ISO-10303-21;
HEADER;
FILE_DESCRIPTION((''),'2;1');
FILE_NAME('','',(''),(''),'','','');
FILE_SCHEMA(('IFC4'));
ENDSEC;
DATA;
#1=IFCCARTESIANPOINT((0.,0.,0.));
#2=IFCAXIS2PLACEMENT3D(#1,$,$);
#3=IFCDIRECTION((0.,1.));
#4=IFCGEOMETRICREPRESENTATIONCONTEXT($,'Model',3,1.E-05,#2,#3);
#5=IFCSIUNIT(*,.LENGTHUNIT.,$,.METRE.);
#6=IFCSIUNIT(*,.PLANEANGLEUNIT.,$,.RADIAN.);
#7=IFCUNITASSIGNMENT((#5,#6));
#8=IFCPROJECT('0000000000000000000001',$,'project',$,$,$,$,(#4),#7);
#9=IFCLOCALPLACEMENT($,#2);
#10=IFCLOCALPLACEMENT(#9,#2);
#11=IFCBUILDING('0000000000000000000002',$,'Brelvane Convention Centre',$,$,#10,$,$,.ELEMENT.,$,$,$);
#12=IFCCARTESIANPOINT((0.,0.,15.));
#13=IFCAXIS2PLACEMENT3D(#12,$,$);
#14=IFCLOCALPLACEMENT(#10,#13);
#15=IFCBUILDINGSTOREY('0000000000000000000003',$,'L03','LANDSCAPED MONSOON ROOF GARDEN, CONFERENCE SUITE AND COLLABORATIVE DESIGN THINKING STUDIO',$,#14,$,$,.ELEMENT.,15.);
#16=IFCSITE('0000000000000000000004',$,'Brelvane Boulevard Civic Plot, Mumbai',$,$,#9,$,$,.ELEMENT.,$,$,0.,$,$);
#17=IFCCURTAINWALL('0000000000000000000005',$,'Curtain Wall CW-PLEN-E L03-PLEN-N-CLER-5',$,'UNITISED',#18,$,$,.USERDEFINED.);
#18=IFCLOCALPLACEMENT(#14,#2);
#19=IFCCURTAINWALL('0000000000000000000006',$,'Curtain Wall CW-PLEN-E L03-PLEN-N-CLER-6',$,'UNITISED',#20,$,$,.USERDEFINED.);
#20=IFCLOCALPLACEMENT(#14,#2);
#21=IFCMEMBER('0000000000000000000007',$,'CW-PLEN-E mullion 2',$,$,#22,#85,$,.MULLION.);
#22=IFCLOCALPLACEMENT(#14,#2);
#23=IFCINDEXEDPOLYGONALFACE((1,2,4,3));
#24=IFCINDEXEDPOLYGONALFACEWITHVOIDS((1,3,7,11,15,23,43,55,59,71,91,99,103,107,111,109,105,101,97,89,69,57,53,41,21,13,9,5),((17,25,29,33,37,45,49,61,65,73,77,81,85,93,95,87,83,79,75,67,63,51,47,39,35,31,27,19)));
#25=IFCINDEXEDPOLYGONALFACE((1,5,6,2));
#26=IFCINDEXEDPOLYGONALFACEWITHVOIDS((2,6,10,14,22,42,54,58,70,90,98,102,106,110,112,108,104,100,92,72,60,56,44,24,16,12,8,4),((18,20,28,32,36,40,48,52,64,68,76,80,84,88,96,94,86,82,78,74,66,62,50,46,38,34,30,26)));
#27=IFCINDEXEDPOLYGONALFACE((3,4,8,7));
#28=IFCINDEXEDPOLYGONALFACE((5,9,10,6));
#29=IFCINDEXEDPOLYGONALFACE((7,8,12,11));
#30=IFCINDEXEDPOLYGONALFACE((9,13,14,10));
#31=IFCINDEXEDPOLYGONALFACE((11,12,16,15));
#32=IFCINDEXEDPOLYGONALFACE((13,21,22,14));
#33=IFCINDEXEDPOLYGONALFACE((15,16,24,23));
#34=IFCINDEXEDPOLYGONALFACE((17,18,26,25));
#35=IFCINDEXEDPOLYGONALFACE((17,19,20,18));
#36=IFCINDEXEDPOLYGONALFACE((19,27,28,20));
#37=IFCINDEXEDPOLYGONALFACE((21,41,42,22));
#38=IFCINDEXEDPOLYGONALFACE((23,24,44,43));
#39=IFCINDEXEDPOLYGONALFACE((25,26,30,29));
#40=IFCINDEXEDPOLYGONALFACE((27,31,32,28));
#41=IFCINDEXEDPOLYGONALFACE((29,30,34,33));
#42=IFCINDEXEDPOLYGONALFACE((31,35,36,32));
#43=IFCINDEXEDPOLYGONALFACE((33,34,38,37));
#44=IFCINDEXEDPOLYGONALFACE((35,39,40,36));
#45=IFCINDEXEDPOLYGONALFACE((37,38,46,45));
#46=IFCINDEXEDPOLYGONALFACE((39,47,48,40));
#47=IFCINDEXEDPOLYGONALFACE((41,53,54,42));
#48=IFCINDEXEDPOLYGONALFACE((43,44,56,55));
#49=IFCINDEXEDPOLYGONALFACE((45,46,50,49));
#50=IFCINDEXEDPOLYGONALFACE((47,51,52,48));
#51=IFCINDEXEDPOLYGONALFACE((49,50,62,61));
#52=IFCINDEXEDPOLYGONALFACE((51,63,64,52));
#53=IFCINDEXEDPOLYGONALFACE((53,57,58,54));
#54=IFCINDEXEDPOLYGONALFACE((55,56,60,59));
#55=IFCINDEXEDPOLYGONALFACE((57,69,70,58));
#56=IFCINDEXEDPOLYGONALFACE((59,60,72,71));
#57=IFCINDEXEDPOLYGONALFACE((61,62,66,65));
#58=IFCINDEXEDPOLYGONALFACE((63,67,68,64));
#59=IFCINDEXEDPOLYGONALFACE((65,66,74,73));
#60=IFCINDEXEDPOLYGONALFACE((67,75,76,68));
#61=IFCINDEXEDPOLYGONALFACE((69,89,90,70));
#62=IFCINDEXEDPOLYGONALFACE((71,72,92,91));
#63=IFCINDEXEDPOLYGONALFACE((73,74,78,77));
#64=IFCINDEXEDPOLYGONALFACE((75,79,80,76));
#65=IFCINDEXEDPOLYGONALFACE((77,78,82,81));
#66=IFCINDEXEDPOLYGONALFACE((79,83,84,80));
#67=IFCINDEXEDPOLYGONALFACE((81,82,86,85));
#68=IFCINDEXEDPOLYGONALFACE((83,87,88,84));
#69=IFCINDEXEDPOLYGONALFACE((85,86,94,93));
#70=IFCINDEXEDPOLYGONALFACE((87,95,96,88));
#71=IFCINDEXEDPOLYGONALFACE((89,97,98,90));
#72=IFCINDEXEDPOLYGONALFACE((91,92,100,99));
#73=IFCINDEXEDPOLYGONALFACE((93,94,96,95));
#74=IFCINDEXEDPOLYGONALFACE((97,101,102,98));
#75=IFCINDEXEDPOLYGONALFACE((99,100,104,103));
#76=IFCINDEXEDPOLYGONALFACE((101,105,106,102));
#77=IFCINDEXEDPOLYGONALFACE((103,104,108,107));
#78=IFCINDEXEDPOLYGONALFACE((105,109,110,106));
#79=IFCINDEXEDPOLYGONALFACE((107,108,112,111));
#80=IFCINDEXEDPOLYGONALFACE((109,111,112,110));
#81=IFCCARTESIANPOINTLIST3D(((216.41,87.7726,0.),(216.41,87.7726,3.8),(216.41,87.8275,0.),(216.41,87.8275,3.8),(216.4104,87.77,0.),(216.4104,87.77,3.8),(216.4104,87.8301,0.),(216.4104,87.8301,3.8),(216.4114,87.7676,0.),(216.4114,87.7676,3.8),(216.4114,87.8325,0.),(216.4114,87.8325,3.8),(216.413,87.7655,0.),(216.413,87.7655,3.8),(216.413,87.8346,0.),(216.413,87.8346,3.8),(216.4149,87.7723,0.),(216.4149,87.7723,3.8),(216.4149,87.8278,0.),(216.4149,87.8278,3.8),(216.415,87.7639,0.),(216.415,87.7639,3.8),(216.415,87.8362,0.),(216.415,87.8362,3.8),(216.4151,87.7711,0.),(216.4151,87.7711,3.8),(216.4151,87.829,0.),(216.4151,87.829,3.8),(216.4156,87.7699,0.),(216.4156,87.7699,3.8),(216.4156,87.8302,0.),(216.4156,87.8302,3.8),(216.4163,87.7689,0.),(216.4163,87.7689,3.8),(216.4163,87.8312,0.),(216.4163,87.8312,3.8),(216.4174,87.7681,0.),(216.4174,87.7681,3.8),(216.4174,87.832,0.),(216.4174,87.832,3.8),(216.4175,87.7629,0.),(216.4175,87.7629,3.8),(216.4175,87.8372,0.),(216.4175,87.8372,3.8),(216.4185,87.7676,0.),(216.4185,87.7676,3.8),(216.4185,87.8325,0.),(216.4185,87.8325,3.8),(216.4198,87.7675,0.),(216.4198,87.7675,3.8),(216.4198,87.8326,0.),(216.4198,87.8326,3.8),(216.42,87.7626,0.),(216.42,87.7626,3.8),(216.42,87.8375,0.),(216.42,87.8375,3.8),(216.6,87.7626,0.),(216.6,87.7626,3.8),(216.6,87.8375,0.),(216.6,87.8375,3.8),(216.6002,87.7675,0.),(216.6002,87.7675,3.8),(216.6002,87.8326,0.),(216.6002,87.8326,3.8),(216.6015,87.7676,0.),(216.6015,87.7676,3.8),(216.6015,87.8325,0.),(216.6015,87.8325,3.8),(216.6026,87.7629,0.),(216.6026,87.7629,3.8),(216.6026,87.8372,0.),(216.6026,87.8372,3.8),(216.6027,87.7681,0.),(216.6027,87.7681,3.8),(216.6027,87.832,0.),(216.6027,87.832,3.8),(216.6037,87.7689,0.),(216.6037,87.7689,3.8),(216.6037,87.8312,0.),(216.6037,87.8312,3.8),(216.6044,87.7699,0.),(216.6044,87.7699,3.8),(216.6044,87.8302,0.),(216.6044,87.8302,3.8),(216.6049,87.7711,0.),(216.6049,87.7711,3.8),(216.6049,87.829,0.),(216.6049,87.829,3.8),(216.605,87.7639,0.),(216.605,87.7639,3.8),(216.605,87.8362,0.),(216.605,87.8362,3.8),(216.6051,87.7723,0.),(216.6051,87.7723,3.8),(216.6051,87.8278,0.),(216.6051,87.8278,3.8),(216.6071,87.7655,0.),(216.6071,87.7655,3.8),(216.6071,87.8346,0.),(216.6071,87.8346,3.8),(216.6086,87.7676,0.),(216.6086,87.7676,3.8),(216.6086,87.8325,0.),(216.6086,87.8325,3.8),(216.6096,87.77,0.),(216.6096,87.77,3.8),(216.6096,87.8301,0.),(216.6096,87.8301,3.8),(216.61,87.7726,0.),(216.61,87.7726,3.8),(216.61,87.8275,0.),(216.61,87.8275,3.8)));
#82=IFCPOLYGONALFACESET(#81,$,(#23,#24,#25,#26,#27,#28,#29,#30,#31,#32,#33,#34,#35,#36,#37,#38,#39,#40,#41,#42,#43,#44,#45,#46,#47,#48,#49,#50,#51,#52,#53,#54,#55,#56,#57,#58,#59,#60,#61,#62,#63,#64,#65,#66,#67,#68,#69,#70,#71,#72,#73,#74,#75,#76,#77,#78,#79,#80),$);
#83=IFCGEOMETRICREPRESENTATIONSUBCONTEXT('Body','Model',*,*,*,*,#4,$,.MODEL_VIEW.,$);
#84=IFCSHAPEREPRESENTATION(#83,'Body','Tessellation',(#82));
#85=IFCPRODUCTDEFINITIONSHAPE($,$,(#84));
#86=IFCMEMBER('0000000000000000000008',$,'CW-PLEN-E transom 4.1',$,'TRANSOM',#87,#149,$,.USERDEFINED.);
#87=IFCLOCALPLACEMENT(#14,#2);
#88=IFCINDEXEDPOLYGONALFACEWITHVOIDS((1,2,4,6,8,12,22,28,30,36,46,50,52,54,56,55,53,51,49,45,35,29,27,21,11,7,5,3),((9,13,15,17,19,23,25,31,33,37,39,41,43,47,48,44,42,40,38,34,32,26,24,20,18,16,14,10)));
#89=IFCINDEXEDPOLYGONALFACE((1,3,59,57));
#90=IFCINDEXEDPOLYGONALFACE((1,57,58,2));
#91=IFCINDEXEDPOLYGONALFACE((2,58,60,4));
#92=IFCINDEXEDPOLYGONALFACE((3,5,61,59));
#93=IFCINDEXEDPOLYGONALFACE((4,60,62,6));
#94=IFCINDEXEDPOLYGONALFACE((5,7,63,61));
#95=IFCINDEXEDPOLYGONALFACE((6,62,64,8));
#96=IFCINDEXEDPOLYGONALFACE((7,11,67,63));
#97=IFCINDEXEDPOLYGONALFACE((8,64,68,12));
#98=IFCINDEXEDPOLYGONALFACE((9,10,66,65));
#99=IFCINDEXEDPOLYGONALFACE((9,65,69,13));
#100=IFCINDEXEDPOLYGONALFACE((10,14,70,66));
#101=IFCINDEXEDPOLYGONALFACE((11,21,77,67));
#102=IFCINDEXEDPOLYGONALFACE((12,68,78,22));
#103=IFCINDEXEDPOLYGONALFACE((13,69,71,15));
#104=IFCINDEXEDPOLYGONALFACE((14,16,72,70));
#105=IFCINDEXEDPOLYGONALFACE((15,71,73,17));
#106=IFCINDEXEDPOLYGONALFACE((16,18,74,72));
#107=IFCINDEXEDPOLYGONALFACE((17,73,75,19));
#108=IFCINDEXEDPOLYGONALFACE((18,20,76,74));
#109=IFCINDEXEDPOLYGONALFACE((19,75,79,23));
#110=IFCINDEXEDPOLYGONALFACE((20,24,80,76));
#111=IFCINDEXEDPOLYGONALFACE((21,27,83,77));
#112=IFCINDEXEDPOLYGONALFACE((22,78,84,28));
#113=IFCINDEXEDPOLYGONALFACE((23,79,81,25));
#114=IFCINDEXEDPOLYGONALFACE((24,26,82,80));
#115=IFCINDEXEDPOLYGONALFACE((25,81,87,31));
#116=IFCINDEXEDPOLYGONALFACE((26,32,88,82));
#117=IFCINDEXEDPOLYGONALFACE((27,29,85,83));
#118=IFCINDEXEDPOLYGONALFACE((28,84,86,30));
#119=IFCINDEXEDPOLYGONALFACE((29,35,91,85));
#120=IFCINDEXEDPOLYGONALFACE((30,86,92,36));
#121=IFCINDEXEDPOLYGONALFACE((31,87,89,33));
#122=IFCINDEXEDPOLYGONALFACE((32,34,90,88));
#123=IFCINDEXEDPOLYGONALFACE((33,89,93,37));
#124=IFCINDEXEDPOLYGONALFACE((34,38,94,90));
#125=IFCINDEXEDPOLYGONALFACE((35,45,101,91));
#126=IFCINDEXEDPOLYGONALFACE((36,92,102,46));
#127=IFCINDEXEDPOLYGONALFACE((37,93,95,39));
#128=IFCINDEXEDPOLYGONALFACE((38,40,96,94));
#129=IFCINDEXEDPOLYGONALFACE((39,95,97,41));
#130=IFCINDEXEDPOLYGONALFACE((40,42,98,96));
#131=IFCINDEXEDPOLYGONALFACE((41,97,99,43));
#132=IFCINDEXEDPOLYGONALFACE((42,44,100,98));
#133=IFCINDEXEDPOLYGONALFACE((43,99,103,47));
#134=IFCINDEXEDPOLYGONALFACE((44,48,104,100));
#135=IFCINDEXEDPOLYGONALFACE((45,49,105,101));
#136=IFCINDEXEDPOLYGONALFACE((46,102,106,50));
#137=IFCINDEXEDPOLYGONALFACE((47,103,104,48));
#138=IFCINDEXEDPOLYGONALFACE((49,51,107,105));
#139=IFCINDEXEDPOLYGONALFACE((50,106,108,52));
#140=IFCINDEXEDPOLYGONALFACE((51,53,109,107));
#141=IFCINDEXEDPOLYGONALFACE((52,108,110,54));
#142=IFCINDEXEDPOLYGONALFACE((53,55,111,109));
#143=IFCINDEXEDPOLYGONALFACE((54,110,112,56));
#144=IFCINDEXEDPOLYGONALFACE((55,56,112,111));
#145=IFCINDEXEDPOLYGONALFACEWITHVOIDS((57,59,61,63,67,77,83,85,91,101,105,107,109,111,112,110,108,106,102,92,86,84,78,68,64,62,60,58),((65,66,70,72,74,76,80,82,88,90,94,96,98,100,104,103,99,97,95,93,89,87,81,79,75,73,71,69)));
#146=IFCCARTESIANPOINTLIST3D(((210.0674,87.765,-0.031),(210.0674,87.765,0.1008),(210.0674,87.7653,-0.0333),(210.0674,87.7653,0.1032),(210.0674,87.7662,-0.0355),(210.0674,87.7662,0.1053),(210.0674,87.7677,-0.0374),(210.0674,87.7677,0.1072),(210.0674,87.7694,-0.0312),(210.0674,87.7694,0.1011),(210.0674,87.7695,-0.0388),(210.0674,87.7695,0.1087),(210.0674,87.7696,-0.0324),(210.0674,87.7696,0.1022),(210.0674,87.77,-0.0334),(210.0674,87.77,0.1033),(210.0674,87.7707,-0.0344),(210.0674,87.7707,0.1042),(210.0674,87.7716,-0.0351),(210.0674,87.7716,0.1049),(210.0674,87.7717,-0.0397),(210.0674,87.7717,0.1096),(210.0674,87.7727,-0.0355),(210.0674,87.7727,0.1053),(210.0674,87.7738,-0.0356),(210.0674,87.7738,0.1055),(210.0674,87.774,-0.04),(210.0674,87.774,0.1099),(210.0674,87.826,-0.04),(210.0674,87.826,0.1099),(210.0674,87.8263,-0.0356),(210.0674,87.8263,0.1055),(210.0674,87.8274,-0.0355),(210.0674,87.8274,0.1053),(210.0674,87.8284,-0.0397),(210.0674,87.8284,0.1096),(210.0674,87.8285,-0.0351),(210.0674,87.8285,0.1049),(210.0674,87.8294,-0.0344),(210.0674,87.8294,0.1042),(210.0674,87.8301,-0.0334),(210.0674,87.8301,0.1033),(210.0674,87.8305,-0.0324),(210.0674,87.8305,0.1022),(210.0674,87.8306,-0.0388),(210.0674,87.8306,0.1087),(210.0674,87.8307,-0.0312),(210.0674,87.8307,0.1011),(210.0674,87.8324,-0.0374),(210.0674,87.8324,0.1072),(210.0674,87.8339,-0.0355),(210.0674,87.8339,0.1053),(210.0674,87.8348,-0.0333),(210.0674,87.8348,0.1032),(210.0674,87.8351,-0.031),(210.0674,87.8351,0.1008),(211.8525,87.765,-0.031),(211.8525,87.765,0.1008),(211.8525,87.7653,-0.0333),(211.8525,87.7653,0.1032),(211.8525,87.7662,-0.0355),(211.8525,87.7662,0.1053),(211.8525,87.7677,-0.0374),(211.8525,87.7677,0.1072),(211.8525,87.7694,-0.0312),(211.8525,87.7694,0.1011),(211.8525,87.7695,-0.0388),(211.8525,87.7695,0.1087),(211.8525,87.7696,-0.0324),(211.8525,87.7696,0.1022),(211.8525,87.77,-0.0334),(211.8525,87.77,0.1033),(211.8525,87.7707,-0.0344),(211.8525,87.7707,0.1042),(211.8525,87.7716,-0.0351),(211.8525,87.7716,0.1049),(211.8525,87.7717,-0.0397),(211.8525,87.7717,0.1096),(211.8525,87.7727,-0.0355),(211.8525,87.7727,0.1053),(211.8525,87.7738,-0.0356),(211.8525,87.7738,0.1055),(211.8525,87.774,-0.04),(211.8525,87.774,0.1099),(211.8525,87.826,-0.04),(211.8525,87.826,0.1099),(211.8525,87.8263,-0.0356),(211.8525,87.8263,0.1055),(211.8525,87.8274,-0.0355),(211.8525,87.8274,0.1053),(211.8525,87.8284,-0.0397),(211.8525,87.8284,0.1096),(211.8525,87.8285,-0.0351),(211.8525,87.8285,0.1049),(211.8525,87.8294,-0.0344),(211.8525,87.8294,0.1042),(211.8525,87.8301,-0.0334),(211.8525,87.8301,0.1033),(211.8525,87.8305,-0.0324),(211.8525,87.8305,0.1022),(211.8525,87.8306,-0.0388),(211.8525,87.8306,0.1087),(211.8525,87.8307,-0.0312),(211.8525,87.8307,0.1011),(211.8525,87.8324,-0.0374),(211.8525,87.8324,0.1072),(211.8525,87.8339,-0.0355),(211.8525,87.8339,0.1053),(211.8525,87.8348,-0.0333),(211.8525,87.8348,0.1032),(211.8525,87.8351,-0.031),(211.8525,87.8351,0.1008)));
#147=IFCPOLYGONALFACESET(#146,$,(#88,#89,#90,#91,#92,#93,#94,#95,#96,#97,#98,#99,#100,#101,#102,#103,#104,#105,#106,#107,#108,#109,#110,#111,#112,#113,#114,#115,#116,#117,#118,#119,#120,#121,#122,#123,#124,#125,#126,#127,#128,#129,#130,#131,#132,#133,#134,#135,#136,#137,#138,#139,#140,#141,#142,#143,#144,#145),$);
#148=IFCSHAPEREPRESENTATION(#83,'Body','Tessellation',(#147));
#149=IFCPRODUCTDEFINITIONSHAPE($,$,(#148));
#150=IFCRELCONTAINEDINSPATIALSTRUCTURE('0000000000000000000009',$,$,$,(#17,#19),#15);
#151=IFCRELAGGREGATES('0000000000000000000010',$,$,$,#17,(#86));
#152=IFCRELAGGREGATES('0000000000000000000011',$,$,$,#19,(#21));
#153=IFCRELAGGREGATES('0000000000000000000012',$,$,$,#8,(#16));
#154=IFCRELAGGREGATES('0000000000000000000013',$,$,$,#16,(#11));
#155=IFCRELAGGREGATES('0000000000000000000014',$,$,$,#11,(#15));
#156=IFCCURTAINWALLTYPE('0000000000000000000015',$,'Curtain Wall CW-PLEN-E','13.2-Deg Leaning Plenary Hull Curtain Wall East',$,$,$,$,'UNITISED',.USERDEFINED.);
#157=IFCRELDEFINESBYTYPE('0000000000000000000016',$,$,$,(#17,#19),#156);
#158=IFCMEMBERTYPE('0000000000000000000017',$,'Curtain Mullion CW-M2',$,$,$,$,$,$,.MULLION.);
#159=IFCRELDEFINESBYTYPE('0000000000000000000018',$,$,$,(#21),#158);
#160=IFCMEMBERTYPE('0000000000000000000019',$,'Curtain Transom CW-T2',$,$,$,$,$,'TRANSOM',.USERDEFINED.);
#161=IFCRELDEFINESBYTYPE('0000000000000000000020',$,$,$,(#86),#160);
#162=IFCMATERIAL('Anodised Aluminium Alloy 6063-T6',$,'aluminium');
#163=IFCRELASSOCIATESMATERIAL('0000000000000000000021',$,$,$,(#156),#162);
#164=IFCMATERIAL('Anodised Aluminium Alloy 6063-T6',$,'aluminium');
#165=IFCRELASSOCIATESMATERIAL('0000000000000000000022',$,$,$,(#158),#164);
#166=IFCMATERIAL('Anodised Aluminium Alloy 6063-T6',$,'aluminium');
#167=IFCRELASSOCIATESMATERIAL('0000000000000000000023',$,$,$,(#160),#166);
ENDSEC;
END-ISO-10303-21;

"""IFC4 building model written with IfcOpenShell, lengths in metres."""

from ifc_helpers import new_model, si_unit, direction, frame, origin, origin_2d, place, context, subcontext, project, spatial, hollow_rectangle, extrude, material, material_profile, profile_set, type_object, element, aggregate, save


model = new_model("IFC4")

# Units and contexts
model_context = context("Model", 3, precision=1e-05, world=origin(), true_north=direction((0.0, 1.0)))
body_context = subcontext(model_context, "Body", "Model", "MODEL_VIEW")
ifc_project = project(units=[si_unit("LENGTHUNIT", "METRE"), si_unit("PLANEANGLEUNIT", "RADIAN")], contexts=[model_context])

# Site, building, storey
site_placement = place(None, origin())
site = spatial("IfcSite", under=ifc_project, at=site_placement, Name="Brelvane Boulevard Civic Plot, Mumbai", CompositionType="ELEMENT", RefElevation=0.0)
building_placement = place(site_placement, origin())
building = spatial("IfcBuilding", under=site, at=building_placement, Name="Brelvane Convention Centre", CompositionType="ELEMENT")
storey_placement = place(building_placement, frame((0.0, 0.0, 15.0)))
storey = spatial("IfcBuildingStorey", under=building, at=storey_placement, Name="L03", Description="LANDSCAPED MONSOON ROOF GARDEN, CONFERENCE SUITE AND COLLABORATIVE DESIGN THINKING STUDIO", CompositionType="ELEMENT", Elevation=15.0)

# Curtain walls, member
ifc_material_1 = material(Name="Anodised Aluminium Alloy 6063-T6", Category="aluminium")
curtain_wall_type = type_object("IfcCurtainWallType", Name="Curtain Wall CW-PLEN-E", Description="13.2-Deg Leaning Plenary Hull Curtain Wall East", ElementType="UNITISED", PredefinedType="USERDEFINED", material=ifc_material_1)
curtain_wall_1_placement = place(storey_placement, origin())
curtain_wall_1 = element("IfcCurtainWall", 1, at=curtain_wall_1_placement, inside=storey, type_object=curtain_wall_type, Name="Curtain Wall CW-PLEN-E L03-PLEN-N-CLER-5", ObjectType="UNITISED", PredefinedType="USERDEFINED")
ifc_material_2 = material(Name="Anodised Aluminium Alloy 6063-T6", Category="aluminium")
ifc_material_profile_1 = material_profile(ifc_material_2, hollow_rectangle(XDim=0.075, YDim=0.2, WallThickness=0.0049, InnerFilletRadius=0.0049, OuterFilletRadius=0.01, at=origin_2d()), Name="ALU-M 200x75x5.0")
ifc_profile_set_1 = profile_set([ifc_material_profile_1], Name="Anodised Aluminium Alloy 6063-T6")
member_type_1 = type_object("IfcMemberType", Name="Curtain Mullion CW-M2", PredefinedType="MULLION", material=ifc_profile_set_1)
curtain_wall_2_placement = place(storey_placement, origin())
curtain_wall_2 = element("IfcCurtainWall", 2, at=curtain_wall_2_placement, inside=storey, type_object=curtain_wall_type, Name="Curtain Wall CW-PLEN-E L03-PLEN-N-CLER-6", ObjectType="UNITISED", PredefinedType="USERDEFINED")
member_1_placement = place(storey_placement, frame((216.51, 87.8, 0.0), z_axis=(0.0, 0.0, 1.0), x_axis=(0.0, 1.0, 0.0)))
member_1 = element("IfcMember", 3, at=member_1_placement, type_object=member_type_1, Name="CW-PLEN-E mullion 2", PredefinedType="MULLION", context=body_context, shape_type="SweptSolid", body=[
    extrude(hollow_rectangle(XDim=0.075, YDim=0.2, WallThickness=0.0049, InnerFilletRadius=0.0049, OuterFilletRadius=0.01, at=origin_2d()), origin(), (0.0, 0.0, 1.0), 3.8),
])

# Member
ifc_material_3 = material(Name="Anodised Aluminium Alloy 6063-T6", Category="aluminium")
ifc_material_profile_2 = material_profile(ifc_material_3, hollow_rectangle(XDim=0.0701, YDim=0.1499, WallThickness=0.0044, InnerFilletRadius=0.0044, OuterFilletRadius=0.009, at=origin_2d()), Name="ALU-T 150x70x4.5")
ifc_profile_set_2 = profile_set([ifc_material_profile_2], Name="Anodised Aluminium Alloy 6063-T6")
member_type_2 = type_object("IfcMemberType", Name="Curtain Transom CW-T2", ElementType="TRANSOM", PredefinedType="USERDEFINED", material=ifc_profile_set_2)
member_2_placement = place(storey_placement, frame((210.0674, 87.8, 0.0349), z_axis=(1.0, 0.0, 0.0), x_axis=(0.0, 1.0, 0.0)))
member_2 = element("IfcMember", 4, at=member_2_placement, type_object=member_type_2, Name="CW-PLEN-E transom 4.1", ObjectType="TRANSOM", PredefinedType="USERDEFINED", context=body_context, shape_type="SweptSolid", body=[
    extrude(hollow_rectangle(XDim=0.0701, YDim=0.1499, WallThickness=0.0044, InnerFilletRadius=0.0044, OuterFilletRadius=0.009, at=origin_2d()), origin(), (0.0, 0.0, 1.0), 1.7852),
])

aggregate(curtain_wall_1, [member_2])
aggregate(curtain_wall_2, [member_1])

save(model, "model.ifc")
